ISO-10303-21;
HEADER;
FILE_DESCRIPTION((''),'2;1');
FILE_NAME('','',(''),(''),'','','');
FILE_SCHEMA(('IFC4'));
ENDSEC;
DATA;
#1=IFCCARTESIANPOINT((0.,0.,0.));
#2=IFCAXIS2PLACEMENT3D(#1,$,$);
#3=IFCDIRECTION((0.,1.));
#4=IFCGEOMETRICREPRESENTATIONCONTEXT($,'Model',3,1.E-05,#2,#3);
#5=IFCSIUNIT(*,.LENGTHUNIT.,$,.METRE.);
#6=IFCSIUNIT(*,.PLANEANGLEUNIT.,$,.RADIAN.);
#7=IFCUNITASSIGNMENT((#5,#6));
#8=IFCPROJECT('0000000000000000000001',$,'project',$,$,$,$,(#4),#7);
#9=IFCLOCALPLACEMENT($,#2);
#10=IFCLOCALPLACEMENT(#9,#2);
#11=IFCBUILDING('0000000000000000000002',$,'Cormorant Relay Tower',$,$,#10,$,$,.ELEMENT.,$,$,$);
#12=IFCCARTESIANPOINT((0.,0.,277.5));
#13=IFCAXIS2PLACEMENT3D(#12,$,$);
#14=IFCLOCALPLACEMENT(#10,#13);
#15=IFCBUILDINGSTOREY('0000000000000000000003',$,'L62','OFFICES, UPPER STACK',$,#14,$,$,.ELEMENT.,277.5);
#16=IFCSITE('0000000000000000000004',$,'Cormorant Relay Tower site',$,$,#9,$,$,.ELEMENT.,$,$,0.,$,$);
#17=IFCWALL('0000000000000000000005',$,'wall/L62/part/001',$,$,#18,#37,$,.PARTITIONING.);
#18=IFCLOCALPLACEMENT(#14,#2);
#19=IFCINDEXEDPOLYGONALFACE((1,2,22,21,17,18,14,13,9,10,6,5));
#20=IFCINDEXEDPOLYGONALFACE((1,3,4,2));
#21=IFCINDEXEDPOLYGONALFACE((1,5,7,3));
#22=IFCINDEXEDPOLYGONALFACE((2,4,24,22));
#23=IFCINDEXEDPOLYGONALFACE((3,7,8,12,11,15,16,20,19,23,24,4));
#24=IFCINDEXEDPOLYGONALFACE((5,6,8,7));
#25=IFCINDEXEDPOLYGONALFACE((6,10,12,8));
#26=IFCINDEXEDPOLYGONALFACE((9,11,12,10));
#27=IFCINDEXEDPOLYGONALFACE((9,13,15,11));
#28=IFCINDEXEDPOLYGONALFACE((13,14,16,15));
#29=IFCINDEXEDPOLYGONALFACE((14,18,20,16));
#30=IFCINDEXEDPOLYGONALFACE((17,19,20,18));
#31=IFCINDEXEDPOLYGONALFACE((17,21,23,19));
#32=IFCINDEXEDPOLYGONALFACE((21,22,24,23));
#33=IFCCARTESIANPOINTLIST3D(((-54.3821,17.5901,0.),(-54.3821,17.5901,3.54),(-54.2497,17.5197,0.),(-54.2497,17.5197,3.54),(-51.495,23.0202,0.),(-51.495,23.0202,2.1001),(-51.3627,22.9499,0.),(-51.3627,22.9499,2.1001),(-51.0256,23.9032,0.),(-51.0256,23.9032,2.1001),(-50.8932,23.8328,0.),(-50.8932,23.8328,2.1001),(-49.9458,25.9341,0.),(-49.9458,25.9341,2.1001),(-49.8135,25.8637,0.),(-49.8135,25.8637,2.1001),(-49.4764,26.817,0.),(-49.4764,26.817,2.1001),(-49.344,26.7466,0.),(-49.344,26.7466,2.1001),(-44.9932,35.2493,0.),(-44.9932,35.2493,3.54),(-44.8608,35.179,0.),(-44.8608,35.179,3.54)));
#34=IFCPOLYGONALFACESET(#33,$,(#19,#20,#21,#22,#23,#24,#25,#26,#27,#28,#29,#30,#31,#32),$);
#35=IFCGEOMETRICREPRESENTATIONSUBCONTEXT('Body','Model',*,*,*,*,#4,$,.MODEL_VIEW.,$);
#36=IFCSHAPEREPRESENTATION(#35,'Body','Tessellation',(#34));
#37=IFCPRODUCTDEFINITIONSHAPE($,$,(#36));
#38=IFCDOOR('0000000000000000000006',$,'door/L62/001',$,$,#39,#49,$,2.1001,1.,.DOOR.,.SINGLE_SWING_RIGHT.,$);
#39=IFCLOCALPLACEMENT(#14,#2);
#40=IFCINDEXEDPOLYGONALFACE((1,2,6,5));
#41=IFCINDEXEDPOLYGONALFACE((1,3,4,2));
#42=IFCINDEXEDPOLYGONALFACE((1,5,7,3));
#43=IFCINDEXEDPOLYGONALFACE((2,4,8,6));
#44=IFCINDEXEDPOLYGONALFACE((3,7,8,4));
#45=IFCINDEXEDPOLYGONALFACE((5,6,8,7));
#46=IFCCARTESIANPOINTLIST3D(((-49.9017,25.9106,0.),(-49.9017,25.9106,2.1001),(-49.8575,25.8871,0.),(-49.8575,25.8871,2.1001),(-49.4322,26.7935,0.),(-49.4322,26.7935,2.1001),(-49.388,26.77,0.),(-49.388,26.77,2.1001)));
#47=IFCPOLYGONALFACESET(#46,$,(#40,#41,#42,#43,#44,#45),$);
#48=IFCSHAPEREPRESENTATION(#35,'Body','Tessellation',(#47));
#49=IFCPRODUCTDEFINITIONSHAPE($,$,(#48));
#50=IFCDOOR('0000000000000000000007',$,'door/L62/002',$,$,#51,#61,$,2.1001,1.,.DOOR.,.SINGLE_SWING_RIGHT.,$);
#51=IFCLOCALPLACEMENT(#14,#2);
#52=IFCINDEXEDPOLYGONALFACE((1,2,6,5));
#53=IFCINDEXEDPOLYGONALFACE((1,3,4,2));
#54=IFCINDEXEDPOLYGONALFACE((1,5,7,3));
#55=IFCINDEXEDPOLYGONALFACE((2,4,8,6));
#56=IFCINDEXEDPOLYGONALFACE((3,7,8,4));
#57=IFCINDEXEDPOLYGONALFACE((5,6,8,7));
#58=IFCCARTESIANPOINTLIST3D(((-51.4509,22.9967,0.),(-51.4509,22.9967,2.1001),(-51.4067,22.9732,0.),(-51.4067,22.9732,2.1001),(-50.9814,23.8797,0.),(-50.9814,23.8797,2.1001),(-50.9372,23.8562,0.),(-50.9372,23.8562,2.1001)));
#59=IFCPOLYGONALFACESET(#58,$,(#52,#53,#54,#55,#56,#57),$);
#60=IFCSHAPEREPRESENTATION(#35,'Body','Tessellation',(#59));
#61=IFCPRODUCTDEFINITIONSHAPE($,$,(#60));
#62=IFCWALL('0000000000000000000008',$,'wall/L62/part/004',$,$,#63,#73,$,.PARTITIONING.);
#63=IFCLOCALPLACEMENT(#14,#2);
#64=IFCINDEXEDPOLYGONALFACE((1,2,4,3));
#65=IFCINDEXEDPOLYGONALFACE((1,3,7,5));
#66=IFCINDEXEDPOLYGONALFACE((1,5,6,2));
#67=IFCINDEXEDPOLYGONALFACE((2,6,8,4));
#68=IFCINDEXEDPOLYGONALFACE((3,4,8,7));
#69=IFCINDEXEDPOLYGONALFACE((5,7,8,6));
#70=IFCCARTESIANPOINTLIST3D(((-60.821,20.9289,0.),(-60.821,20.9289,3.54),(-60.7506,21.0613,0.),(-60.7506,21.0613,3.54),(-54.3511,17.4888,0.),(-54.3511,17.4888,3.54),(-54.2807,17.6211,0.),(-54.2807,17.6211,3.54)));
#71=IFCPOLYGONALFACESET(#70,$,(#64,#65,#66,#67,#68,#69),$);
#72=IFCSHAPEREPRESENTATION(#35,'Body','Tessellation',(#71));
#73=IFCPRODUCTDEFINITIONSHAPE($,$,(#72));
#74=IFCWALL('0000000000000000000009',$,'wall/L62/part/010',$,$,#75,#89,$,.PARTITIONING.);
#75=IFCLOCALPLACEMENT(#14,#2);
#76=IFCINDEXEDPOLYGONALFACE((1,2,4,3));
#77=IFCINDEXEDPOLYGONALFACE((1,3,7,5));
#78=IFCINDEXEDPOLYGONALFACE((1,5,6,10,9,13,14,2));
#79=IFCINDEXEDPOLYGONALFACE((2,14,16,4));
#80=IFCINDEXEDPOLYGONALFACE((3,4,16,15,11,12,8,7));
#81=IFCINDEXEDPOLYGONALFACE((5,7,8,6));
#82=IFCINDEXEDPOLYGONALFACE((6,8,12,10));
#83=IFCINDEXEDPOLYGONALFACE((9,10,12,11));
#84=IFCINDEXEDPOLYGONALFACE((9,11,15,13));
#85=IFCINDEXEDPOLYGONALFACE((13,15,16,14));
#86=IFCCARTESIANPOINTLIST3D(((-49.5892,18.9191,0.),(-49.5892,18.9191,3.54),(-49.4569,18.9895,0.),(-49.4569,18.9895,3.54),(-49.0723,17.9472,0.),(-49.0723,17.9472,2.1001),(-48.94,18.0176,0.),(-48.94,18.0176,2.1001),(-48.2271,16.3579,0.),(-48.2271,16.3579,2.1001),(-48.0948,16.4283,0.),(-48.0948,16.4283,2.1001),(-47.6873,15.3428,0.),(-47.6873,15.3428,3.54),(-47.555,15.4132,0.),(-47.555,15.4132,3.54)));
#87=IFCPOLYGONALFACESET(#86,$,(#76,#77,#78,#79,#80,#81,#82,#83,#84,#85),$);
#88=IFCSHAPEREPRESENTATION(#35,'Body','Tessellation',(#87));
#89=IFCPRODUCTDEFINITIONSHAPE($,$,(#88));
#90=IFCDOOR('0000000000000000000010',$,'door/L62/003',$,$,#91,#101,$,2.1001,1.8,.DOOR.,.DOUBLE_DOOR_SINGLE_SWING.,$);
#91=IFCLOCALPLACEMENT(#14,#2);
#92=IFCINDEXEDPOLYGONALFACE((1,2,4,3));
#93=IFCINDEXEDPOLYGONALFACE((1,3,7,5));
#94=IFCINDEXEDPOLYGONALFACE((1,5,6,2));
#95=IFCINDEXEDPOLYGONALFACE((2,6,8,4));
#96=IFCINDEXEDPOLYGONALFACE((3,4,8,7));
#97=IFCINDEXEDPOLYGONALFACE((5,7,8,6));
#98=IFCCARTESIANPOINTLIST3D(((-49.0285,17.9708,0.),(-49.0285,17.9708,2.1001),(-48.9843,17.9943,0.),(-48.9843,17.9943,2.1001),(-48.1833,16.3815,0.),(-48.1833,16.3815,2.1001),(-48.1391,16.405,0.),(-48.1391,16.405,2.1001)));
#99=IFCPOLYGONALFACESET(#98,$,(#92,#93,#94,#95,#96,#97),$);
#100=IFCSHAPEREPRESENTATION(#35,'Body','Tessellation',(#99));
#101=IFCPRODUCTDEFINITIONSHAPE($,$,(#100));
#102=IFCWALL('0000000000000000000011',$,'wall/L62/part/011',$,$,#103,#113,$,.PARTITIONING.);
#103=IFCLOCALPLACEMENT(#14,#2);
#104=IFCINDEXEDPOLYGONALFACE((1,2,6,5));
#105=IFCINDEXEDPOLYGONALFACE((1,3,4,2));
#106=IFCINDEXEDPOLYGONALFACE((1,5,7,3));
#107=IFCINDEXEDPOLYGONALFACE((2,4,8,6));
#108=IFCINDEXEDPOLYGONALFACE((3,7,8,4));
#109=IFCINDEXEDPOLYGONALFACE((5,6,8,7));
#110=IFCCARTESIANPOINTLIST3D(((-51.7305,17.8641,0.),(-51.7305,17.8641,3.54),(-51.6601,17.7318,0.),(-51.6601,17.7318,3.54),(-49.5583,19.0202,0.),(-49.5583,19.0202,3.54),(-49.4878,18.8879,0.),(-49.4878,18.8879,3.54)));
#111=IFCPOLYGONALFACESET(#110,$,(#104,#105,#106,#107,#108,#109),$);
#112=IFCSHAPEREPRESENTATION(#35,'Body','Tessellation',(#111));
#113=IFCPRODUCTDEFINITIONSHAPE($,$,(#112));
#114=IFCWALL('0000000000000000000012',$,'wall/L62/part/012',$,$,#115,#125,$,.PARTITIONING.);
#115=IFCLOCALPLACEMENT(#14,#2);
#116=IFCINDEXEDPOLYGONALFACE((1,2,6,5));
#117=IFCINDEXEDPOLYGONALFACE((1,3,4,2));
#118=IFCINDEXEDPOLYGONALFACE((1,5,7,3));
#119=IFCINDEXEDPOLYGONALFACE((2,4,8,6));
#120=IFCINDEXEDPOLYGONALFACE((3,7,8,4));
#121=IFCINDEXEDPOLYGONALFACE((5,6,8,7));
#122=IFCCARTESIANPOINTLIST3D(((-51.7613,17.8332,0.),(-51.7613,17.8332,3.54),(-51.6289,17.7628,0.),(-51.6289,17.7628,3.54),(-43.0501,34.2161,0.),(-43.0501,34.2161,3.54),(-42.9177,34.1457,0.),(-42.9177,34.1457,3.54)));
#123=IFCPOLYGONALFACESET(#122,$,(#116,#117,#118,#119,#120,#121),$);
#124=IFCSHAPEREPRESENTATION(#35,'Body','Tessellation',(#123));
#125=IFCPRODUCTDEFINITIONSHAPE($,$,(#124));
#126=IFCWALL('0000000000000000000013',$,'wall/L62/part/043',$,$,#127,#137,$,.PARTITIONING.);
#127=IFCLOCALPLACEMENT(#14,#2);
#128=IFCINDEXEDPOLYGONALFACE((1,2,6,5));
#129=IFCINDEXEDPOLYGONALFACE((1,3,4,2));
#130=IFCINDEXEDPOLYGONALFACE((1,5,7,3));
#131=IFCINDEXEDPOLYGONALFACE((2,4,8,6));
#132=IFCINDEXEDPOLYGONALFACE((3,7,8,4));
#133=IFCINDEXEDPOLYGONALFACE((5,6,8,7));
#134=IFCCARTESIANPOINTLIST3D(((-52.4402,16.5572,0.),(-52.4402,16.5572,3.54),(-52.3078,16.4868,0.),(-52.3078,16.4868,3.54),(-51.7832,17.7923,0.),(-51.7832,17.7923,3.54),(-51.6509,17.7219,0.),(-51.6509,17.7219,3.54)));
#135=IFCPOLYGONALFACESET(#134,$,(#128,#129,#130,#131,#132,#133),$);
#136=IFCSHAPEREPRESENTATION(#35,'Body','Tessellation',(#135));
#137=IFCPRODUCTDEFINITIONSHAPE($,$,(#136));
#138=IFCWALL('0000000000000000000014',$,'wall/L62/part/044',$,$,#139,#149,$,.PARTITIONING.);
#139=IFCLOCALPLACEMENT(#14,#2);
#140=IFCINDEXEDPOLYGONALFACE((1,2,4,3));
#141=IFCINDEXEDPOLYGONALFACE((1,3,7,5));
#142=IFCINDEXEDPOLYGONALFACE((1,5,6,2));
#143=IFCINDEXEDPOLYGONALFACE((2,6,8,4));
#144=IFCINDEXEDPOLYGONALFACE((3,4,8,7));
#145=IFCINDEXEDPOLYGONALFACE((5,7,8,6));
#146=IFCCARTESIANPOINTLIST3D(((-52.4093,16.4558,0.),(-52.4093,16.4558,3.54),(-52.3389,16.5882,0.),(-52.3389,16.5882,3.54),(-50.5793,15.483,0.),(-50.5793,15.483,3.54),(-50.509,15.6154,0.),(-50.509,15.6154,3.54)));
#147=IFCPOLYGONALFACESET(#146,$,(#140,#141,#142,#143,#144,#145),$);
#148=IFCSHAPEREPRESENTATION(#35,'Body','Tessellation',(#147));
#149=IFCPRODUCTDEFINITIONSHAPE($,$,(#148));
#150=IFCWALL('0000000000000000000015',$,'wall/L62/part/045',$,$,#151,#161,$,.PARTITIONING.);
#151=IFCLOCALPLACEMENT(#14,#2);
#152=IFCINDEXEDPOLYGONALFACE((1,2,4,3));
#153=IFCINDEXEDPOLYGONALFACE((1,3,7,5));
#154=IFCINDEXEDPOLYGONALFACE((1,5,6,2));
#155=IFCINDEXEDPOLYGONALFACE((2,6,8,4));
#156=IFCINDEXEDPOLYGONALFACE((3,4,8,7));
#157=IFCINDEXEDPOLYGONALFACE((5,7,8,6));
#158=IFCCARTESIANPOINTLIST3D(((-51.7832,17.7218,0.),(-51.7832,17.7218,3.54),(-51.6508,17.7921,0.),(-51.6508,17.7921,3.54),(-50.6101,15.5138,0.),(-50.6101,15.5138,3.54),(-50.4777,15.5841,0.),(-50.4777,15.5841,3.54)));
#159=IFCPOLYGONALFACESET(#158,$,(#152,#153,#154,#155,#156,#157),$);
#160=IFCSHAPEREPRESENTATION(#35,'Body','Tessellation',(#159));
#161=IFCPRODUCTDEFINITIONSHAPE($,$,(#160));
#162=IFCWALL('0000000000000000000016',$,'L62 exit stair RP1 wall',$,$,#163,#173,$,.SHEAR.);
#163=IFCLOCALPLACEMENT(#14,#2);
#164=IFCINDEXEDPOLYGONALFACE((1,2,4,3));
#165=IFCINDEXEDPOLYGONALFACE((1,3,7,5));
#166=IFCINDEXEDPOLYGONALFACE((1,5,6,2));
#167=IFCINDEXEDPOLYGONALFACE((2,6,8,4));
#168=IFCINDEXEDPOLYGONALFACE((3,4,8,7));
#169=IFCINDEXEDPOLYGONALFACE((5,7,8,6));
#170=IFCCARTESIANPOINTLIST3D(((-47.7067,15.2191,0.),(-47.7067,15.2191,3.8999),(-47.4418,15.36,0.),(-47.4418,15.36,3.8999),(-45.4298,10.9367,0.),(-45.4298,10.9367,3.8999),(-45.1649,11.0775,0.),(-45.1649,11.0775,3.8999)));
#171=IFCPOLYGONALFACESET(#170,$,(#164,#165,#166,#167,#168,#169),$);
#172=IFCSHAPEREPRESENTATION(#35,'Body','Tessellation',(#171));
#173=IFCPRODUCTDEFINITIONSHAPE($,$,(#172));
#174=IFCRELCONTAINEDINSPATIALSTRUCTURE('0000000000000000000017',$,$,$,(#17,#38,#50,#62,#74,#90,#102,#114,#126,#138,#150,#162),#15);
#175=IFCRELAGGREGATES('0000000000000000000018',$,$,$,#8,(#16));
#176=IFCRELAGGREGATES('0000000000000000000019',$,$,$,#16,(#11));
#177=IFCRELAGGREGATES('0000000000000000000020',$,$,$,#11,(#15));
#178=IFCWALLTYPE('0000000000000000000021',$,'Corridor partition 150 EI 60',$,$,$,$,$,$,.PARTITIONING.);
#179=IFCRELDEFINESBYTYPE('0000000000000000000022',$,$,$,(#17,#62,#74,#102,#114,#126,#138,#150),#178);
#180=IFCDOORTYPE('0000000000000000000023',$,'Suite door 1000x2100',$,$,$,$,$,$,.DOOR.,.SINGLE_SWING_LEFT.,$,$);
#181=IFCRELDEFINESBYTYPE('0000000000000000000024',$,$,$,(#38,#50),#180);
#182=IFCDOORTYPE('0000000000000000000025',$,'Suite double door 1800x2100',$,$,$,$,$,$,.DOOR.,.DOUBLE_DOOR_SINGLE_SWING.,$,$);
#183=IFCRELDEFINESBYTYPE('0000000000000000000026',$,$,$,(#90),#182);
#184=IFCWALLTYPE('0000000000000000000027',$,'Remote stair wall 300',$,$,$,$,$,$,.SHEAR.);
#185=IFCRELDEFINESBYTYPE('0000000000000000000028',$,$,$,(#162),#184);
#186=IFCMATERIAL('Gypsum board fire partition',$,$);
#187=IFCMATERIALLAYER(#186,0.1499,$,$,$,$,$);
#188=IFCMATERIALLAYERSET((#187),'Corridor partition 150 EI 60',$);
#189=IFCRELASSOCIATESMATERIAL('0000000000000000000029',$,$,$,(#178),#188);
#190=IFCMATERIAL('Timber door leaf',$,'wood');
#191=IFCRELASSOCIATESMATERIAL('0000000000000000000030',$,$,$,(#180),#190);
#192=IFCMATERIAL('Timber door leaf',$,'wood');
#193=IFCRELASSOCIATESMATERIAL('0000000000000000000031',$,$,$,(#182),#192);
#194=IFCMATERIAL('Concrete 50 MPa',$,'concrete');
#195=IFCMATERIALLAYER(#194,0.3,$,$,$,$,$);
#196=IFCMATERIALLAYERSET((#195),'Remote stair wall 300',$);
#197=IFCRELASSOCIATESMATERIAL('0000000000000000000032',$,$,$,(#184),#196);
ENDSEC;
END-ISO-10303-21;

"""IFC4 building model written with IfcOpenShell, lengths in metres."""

from ifc_helpers import new_model, si_unit, direction, frame, frame_2d, origin, place, context, subcontext, project, spatial, rectangle, extrude, material, layer, layer_set, type_object, element, fill, save


model = new_model("IFC4")

# Units and contexts
model_context = context("Model", 3, precision=1e-05, world=origin(), true_north=direction((0.0, 1.0)))
body_context = subcontext(model_context, "Body", "Model", "MODEL_VIEW")
ifc_project = project(units=[si_unit("LENGTHUNIT", "METRE"), si_unit("PLANEANGLEUNIT", "RADIAN")], contexts=[model_context])

# Site, building, storey
site_placement = place(None, origin())
site = spatial("IfcSite", under=ifc_project, at=site_placement, Name="Cormorant Relay Tower site", CompositionType="ELEMENT", RefElevation=0.0)
building_placement = place(site_placement, origin())
building = spatial("IfcBuilding", under=site, at=building_placement, Name="Cormorant Relay Tower", CompositionType="ELEMENT")
storey_placement = place(building_placement, frame((0.0, 0.0, 277.5)))
storey = spatial("IfcBuildingStorey", under=building, at=storey_placement, Name="L62", Description="OFFICES, UPPER STACK", CompositionType="ELEMENT", Elevation=277.5)

# Wall, openings, doors
ifc_material_1 = material(Name="Gypsum board fire partition")
ifc_layer_1 = layer(ifc_material_1, 0.1499)
ifc_layer_set_1 = layer_set([ifc_layer_1], Name="Corridor partition 150 EI 60")
wall_type_1 = type_object("IfcWallType", Name="Corridor partition 150 EI 60", PredefinedType="PARTITIONING", material=ifc_layer_set_1)
wall_1_placement = place(storey_placement, frame((-54.3159, 17.5549, 0.0), z_axis=(0.0, 0.0, 1.0), x_axis=(0.469447, 0.882961, 0.0)))
wall_1 = element("IfcWall", 1, at=wall_1_placement, inside=storey, type_object=wall_type_1, Name="wall/L62/part/001", PredefinedType="PARTITIONING", context=body_context, shape_type="SweptSolid", body=[
    extrude(rectangle(XDim=20.0, YDim=0.1499, at=frame_2d((10.0, 0.0))), origin(), (0.0, 0.0, 1.0), 3.54),
])
opening_1_placement = place(wall_1_placement, frame((9.45, 0.0, 0.0)))
opening_1 = element("IfcOpeningElement", 2, at=opening_1_placement, cuts=wall_1, PredefinedType="OPENING", context=body_context, shape_type="SweptSolid", body=[
    extrude(rectangle(XDim=1.0, YDim=2.1001, at=frame_2d((0.5, 1.05))), frame((0.0, 0.085, 0.0), z_axis=(0.0, -1.0, 0.0), x_axis=(1.0, 0.0, 0.0)), (0.0, 0.0, 1.0), 0.1699),
])
opening_2_placement = place(wall_1_placement, frame((6.1499, 0.0, 0.0)))
opening_2 = element("IfcOpeningElement", 3, at=opening_2_placement, cuts=wall_1, PredefinedType="OPENING", context=body_context, shape_type="SweptSolid", body=[
    extrude(rectangle(XDim=1.0, YDim=2.1001, at=frame_2d((0.5, 1.05))), frame((0.0, 0.085, 0.0), z_axis=(0.0, -1.0, 0.0), x_axis=(1.0, 0.0, 0.0)), (0.0, 0.0, 1.0), 0.1699),
])
ifc_material_2 = material(Name="Timber door leaf", Category="wood")
door_type_1 = type_object("IfcDoorType", Name="Suite door 1000x2100", OperationType="SINGLE_SWING_LEFT", PredefinedType="DOOR", material=ifc_material_2)
door_1_placement = place(opening_1_placement, origin())
door_1 = element("IfcDoor", 4, at=door_1_placement, inside=storey, type_object=door_type_1, Name="door/L62/001", OperationType="SINGLE_SWING_RIGHT", OverallHeight=2.1001, OverallWidth=1.0, PredefinedType="DOOR", context=body_context, shape_type="SweptSolid", body=[
    extrude(rectangle(XDim=1.0, YDim=2.1001, at=frame_2d((0.5, 1.05))), frame((0.0, 0.0249, 0.0), z_axis=(0.0, -1.0, 0.0), x_axis=(1.0, 0.0, 0.0)), (0.0, 0.0, 1.0), 0.05),
])
fill(opening_1, door_1)
door_2_placement = place(opening_2_placement, origin())
door_2 = element("IfcDoor", 5, at=door_2_placement, inside=storey, type_object=door_type_1, Name="door/L62/002", OperationType="SINGLE_SWING_RIGHT", OverallHeight=2.1001, OverallWidth=1.0, PredefinedType="DOOR", context=body_context, shape_type="SweptSolid", body=[
    extrude(rectangle(XDim=1.0, YDim=2.1001, at=frame_2d((0.5, 1.05))), frame((0.0, 0.0249, 0.0), z_axis=(0.0, -1.0, 0.0), x_axis=(1.0, 0.0, 0.0)), (0.0, 0.0, 1.0), 0.05),
])
fill(opening_2, door_2)

# Wall
wall_2_placement = place(storey_placement, frame((-54.3159, 17.5549, 0.0), z_axis=(0.0, 0.0, 1.0), x_axis=(-0.882945, 0.469476, 0.0)))
element("IfcWall", 6, at=wall_2_placement, inside=storey, type_object=wall_type_1, Name="wall/L62/part/004", PredefinedType="PARTITIONING", context=body_context, shape_type="SweptSolid", body=[
    extrude(rectangle(XDim=7.3276, YDim=0.1499, at=frame_2d((3.6638, 0.0))), origin(), (0.0, 0.0, 1.0), 3.54),
])

# Wall, opening, door
wall_3_placement = place(storey_placement, frame((-47.6211, 15.3779, 0.0), z_axis=(0.0, 0.0, 1.0), x_axis=(-0.469543, 0.88291, 0.0)))
wall_3 = element("IfcWall", 7, at=wall_3_placement, inside=storey, type_object=wall_type_1, Name="wall/L62/part/010", PredefinedType="PARTITIONING", context=body_context, shape_type="SweptSolid", body=[
    extrude(rectangle(XDim=4.0505, YDim=0.1499, at=frame_2d((2.0254, 0.0))), origin(), (0.0, 0.0, 1.0), 3.54),
])
opening_3_placement = place(wall_3_placement, frame((1.1499, 0.0, 0.0)))
opening_3 = element("IfcOpeningElement", 8, at=opening_3_placement, cuts=wall_3, PredefinedType="OPENING", context=body_context, shape_type="SweptSolid", body=[
    extrude(rectangle(XDim=1.8, YDim=2.1001, at=frame_2d((0.8999, 1.05))), frame((0.0, 0.085, 0.0), z_axis=(0.0, -1.0, 0.0), x_axis=(1.0, 0.0, 0.0)), (0.0, 0.0, 1.0), 0.1699),
])
ifc_material_3 = material(Name="Timber door leaf", Category="wood")
door_type_2 = type_object("IfcDoorType", Name="Suite double door 1800x2100", OperationType="DOUBLE_DOOR_SINGLE_SWING", PredefinedType="DOOR", material=ifc_material_3)
door_3_placement = place(opening_3_placement, frame((1.8, 0.0, 0.0), z_axis=(0.0, 0.0, 1.0), x_axis=(-1.0, 0.0, 0.0)))
door_3 = element("IfcDoor", 9, at=door_3_placement, inside=storey, type_object=door_type_2, Name="door/L62/003", OperationType="DOUBLE_DOOR_SINGLE_SWING", OverallHeight=2.1001, OverallWidth=1.8, PredefinedType="DOOR", context=body_context, shape_type="SweptSolid", body=[
    extrude(rectangle(XDim=1.8, YDim=2.1001, at=frame_2d((0.8999, 1.05))), frame((0.0, 0.0249, 0.0), z_axis=(0.0, -1.0, 0.0), x_axis=(1.0, 0.0, 0.0)), (0.0, 0.0, 1.0), 0.05),
])
fill(opening_3, door_3)

# Walls
wall_4_placement = place(storey_placement, frame((-49.5229, 18.9541, 0.0), z_axis=(0.0, 0.0, 1.0), x_axis=(-0.882767, -0.46981, 0.0)))
element("IfcWall", 10, at=wall_4_placement, inside=storey, type_object=wall_type_1, Name="wall/L62/part/011", PredefinedType="PARTITIONING", context=body_context, shape_type="SweptSolid", body=[
    extrude(rectangle(XDim=2.4607, YDim=0.1499, at=frame_2d((1.2305, 0.0))), origin(), (0.0, 0.0, 1.0), 3.54),
])
wall_5_placement = place(storey_placement, frame((-51.6951, 17.7981, 0.0), z_axis=(0.0, 0.0, 1.0), x_axis=(0.469484, 0.882941, 0.0)))
element("IfcWall", 11, at=wall_5_placement, inside=storey, type_object=wall_type_1, Name="wall/L62/part/012", PredefinedType="PARTITIONING", context=body_context, shape_type="SweptSolid", body=[
    extrude(rectangle(XDim=18.5549, YDim=0.1499, at=frame_2d((9.2773, 0.0))), origin(), (0.0, 0.0, 1.0), 3.54),
])
wall_6_placement = place(storey_placement, frame((-51.717, 17.7571, 0.0), z_axis=(0.0, 0.0, 1.0), x_axis=(-0.469619, -0.882869, 0.0)))
element("IfcWall", 12, at=wall_6_placement, inside=storey, type_object=wall_type_1, Name="wall/L62/part/043", PredefinedType="PARTITIONING", context=body_context, shape_type="SweptSolid", body=[
    extrude(rectangle(XDim=1.3989, YDim=0.1499, at=frame_2d((0.6995, 0.0))), origin(), (0.0, 0.0, 1.0), 3.54),
])
wall_7_placement = place(storey_placement, frame((-52.374, 16.522, 0.0), z_axis=(0.0, 0.0, 1.0), x_axis=(0.882981, -0.469408, 0.0)))
element("IfcWall", 13, at=wall_7_placement, inside=storey, type_object=wall_type_1, Name="wall/L62/part/044", PredefinedType="PARTITIONING", context=body_context, shape_type="SweptSolid", body=[
    extrude(rectangle(XDim=2.0725, YDim=0.1499, at=frame_2d((1.0361, 0.0))), origin(), (0.0, 0.0, 1.0), 3.54),
])
wall_8_placement = place(storey_placement, frame((-50.5439, 15.5491, 0.0), z_axis=(0.0, 0.0, 1.0), x_axis=(-0.469184, 0.883101, 0.0)))
element("IfcWall", 14, at=wall_8_placement, inside=storey, type_object=wall_type_1, Name="wall/L62/part/045", PredefinedType="PARTITIONING", context=body_context, shape_type="SweptSolid", body=[
    extrude(rectangle(XDim=2.5002, YDim=0.1499, at=frame_2d((1.25, 0.0))), origin(), (0.0, 0.0, 1.0), 3.54),
])
ifc_material_4 = material(Name="Concrete 50 MPa", Category="concrete")
ifc_layer_2 = layer(ifc_material_4, 0.3)
ifc_layer_set_2 = layer_set([ifc_layer_2], Name="Remote stair wall 300")
wall_type_2 = type_object("IfcWallType", Name="Remote stair wall 300", PredefinedType="SHEAR", material=ifc_layer_set_2)
wall_9_placement = place(storey_placement, frame((-47.5742, 15.2896, 0.0), z_axis=(0.0, 0.0, 1.0), x_axis=(0.469443, -0.882963, 0.0)))
element("IfcWall", 15, at=wall_9_placement, inside=storey, type_object=wall_type_2, Name="L62 exit stair RP1 wall", PredefinedType="SHEAR", context=body_context, shape_type="SweptSolid", body=[
    extrude(rectangle(XDim=4.8501, YDim=0.3, at=frame_2d((2.425, 0.0))), origin(), (0.0, 0.0, 1.0), 3.8999),
])

save(model, "model.ifc")
